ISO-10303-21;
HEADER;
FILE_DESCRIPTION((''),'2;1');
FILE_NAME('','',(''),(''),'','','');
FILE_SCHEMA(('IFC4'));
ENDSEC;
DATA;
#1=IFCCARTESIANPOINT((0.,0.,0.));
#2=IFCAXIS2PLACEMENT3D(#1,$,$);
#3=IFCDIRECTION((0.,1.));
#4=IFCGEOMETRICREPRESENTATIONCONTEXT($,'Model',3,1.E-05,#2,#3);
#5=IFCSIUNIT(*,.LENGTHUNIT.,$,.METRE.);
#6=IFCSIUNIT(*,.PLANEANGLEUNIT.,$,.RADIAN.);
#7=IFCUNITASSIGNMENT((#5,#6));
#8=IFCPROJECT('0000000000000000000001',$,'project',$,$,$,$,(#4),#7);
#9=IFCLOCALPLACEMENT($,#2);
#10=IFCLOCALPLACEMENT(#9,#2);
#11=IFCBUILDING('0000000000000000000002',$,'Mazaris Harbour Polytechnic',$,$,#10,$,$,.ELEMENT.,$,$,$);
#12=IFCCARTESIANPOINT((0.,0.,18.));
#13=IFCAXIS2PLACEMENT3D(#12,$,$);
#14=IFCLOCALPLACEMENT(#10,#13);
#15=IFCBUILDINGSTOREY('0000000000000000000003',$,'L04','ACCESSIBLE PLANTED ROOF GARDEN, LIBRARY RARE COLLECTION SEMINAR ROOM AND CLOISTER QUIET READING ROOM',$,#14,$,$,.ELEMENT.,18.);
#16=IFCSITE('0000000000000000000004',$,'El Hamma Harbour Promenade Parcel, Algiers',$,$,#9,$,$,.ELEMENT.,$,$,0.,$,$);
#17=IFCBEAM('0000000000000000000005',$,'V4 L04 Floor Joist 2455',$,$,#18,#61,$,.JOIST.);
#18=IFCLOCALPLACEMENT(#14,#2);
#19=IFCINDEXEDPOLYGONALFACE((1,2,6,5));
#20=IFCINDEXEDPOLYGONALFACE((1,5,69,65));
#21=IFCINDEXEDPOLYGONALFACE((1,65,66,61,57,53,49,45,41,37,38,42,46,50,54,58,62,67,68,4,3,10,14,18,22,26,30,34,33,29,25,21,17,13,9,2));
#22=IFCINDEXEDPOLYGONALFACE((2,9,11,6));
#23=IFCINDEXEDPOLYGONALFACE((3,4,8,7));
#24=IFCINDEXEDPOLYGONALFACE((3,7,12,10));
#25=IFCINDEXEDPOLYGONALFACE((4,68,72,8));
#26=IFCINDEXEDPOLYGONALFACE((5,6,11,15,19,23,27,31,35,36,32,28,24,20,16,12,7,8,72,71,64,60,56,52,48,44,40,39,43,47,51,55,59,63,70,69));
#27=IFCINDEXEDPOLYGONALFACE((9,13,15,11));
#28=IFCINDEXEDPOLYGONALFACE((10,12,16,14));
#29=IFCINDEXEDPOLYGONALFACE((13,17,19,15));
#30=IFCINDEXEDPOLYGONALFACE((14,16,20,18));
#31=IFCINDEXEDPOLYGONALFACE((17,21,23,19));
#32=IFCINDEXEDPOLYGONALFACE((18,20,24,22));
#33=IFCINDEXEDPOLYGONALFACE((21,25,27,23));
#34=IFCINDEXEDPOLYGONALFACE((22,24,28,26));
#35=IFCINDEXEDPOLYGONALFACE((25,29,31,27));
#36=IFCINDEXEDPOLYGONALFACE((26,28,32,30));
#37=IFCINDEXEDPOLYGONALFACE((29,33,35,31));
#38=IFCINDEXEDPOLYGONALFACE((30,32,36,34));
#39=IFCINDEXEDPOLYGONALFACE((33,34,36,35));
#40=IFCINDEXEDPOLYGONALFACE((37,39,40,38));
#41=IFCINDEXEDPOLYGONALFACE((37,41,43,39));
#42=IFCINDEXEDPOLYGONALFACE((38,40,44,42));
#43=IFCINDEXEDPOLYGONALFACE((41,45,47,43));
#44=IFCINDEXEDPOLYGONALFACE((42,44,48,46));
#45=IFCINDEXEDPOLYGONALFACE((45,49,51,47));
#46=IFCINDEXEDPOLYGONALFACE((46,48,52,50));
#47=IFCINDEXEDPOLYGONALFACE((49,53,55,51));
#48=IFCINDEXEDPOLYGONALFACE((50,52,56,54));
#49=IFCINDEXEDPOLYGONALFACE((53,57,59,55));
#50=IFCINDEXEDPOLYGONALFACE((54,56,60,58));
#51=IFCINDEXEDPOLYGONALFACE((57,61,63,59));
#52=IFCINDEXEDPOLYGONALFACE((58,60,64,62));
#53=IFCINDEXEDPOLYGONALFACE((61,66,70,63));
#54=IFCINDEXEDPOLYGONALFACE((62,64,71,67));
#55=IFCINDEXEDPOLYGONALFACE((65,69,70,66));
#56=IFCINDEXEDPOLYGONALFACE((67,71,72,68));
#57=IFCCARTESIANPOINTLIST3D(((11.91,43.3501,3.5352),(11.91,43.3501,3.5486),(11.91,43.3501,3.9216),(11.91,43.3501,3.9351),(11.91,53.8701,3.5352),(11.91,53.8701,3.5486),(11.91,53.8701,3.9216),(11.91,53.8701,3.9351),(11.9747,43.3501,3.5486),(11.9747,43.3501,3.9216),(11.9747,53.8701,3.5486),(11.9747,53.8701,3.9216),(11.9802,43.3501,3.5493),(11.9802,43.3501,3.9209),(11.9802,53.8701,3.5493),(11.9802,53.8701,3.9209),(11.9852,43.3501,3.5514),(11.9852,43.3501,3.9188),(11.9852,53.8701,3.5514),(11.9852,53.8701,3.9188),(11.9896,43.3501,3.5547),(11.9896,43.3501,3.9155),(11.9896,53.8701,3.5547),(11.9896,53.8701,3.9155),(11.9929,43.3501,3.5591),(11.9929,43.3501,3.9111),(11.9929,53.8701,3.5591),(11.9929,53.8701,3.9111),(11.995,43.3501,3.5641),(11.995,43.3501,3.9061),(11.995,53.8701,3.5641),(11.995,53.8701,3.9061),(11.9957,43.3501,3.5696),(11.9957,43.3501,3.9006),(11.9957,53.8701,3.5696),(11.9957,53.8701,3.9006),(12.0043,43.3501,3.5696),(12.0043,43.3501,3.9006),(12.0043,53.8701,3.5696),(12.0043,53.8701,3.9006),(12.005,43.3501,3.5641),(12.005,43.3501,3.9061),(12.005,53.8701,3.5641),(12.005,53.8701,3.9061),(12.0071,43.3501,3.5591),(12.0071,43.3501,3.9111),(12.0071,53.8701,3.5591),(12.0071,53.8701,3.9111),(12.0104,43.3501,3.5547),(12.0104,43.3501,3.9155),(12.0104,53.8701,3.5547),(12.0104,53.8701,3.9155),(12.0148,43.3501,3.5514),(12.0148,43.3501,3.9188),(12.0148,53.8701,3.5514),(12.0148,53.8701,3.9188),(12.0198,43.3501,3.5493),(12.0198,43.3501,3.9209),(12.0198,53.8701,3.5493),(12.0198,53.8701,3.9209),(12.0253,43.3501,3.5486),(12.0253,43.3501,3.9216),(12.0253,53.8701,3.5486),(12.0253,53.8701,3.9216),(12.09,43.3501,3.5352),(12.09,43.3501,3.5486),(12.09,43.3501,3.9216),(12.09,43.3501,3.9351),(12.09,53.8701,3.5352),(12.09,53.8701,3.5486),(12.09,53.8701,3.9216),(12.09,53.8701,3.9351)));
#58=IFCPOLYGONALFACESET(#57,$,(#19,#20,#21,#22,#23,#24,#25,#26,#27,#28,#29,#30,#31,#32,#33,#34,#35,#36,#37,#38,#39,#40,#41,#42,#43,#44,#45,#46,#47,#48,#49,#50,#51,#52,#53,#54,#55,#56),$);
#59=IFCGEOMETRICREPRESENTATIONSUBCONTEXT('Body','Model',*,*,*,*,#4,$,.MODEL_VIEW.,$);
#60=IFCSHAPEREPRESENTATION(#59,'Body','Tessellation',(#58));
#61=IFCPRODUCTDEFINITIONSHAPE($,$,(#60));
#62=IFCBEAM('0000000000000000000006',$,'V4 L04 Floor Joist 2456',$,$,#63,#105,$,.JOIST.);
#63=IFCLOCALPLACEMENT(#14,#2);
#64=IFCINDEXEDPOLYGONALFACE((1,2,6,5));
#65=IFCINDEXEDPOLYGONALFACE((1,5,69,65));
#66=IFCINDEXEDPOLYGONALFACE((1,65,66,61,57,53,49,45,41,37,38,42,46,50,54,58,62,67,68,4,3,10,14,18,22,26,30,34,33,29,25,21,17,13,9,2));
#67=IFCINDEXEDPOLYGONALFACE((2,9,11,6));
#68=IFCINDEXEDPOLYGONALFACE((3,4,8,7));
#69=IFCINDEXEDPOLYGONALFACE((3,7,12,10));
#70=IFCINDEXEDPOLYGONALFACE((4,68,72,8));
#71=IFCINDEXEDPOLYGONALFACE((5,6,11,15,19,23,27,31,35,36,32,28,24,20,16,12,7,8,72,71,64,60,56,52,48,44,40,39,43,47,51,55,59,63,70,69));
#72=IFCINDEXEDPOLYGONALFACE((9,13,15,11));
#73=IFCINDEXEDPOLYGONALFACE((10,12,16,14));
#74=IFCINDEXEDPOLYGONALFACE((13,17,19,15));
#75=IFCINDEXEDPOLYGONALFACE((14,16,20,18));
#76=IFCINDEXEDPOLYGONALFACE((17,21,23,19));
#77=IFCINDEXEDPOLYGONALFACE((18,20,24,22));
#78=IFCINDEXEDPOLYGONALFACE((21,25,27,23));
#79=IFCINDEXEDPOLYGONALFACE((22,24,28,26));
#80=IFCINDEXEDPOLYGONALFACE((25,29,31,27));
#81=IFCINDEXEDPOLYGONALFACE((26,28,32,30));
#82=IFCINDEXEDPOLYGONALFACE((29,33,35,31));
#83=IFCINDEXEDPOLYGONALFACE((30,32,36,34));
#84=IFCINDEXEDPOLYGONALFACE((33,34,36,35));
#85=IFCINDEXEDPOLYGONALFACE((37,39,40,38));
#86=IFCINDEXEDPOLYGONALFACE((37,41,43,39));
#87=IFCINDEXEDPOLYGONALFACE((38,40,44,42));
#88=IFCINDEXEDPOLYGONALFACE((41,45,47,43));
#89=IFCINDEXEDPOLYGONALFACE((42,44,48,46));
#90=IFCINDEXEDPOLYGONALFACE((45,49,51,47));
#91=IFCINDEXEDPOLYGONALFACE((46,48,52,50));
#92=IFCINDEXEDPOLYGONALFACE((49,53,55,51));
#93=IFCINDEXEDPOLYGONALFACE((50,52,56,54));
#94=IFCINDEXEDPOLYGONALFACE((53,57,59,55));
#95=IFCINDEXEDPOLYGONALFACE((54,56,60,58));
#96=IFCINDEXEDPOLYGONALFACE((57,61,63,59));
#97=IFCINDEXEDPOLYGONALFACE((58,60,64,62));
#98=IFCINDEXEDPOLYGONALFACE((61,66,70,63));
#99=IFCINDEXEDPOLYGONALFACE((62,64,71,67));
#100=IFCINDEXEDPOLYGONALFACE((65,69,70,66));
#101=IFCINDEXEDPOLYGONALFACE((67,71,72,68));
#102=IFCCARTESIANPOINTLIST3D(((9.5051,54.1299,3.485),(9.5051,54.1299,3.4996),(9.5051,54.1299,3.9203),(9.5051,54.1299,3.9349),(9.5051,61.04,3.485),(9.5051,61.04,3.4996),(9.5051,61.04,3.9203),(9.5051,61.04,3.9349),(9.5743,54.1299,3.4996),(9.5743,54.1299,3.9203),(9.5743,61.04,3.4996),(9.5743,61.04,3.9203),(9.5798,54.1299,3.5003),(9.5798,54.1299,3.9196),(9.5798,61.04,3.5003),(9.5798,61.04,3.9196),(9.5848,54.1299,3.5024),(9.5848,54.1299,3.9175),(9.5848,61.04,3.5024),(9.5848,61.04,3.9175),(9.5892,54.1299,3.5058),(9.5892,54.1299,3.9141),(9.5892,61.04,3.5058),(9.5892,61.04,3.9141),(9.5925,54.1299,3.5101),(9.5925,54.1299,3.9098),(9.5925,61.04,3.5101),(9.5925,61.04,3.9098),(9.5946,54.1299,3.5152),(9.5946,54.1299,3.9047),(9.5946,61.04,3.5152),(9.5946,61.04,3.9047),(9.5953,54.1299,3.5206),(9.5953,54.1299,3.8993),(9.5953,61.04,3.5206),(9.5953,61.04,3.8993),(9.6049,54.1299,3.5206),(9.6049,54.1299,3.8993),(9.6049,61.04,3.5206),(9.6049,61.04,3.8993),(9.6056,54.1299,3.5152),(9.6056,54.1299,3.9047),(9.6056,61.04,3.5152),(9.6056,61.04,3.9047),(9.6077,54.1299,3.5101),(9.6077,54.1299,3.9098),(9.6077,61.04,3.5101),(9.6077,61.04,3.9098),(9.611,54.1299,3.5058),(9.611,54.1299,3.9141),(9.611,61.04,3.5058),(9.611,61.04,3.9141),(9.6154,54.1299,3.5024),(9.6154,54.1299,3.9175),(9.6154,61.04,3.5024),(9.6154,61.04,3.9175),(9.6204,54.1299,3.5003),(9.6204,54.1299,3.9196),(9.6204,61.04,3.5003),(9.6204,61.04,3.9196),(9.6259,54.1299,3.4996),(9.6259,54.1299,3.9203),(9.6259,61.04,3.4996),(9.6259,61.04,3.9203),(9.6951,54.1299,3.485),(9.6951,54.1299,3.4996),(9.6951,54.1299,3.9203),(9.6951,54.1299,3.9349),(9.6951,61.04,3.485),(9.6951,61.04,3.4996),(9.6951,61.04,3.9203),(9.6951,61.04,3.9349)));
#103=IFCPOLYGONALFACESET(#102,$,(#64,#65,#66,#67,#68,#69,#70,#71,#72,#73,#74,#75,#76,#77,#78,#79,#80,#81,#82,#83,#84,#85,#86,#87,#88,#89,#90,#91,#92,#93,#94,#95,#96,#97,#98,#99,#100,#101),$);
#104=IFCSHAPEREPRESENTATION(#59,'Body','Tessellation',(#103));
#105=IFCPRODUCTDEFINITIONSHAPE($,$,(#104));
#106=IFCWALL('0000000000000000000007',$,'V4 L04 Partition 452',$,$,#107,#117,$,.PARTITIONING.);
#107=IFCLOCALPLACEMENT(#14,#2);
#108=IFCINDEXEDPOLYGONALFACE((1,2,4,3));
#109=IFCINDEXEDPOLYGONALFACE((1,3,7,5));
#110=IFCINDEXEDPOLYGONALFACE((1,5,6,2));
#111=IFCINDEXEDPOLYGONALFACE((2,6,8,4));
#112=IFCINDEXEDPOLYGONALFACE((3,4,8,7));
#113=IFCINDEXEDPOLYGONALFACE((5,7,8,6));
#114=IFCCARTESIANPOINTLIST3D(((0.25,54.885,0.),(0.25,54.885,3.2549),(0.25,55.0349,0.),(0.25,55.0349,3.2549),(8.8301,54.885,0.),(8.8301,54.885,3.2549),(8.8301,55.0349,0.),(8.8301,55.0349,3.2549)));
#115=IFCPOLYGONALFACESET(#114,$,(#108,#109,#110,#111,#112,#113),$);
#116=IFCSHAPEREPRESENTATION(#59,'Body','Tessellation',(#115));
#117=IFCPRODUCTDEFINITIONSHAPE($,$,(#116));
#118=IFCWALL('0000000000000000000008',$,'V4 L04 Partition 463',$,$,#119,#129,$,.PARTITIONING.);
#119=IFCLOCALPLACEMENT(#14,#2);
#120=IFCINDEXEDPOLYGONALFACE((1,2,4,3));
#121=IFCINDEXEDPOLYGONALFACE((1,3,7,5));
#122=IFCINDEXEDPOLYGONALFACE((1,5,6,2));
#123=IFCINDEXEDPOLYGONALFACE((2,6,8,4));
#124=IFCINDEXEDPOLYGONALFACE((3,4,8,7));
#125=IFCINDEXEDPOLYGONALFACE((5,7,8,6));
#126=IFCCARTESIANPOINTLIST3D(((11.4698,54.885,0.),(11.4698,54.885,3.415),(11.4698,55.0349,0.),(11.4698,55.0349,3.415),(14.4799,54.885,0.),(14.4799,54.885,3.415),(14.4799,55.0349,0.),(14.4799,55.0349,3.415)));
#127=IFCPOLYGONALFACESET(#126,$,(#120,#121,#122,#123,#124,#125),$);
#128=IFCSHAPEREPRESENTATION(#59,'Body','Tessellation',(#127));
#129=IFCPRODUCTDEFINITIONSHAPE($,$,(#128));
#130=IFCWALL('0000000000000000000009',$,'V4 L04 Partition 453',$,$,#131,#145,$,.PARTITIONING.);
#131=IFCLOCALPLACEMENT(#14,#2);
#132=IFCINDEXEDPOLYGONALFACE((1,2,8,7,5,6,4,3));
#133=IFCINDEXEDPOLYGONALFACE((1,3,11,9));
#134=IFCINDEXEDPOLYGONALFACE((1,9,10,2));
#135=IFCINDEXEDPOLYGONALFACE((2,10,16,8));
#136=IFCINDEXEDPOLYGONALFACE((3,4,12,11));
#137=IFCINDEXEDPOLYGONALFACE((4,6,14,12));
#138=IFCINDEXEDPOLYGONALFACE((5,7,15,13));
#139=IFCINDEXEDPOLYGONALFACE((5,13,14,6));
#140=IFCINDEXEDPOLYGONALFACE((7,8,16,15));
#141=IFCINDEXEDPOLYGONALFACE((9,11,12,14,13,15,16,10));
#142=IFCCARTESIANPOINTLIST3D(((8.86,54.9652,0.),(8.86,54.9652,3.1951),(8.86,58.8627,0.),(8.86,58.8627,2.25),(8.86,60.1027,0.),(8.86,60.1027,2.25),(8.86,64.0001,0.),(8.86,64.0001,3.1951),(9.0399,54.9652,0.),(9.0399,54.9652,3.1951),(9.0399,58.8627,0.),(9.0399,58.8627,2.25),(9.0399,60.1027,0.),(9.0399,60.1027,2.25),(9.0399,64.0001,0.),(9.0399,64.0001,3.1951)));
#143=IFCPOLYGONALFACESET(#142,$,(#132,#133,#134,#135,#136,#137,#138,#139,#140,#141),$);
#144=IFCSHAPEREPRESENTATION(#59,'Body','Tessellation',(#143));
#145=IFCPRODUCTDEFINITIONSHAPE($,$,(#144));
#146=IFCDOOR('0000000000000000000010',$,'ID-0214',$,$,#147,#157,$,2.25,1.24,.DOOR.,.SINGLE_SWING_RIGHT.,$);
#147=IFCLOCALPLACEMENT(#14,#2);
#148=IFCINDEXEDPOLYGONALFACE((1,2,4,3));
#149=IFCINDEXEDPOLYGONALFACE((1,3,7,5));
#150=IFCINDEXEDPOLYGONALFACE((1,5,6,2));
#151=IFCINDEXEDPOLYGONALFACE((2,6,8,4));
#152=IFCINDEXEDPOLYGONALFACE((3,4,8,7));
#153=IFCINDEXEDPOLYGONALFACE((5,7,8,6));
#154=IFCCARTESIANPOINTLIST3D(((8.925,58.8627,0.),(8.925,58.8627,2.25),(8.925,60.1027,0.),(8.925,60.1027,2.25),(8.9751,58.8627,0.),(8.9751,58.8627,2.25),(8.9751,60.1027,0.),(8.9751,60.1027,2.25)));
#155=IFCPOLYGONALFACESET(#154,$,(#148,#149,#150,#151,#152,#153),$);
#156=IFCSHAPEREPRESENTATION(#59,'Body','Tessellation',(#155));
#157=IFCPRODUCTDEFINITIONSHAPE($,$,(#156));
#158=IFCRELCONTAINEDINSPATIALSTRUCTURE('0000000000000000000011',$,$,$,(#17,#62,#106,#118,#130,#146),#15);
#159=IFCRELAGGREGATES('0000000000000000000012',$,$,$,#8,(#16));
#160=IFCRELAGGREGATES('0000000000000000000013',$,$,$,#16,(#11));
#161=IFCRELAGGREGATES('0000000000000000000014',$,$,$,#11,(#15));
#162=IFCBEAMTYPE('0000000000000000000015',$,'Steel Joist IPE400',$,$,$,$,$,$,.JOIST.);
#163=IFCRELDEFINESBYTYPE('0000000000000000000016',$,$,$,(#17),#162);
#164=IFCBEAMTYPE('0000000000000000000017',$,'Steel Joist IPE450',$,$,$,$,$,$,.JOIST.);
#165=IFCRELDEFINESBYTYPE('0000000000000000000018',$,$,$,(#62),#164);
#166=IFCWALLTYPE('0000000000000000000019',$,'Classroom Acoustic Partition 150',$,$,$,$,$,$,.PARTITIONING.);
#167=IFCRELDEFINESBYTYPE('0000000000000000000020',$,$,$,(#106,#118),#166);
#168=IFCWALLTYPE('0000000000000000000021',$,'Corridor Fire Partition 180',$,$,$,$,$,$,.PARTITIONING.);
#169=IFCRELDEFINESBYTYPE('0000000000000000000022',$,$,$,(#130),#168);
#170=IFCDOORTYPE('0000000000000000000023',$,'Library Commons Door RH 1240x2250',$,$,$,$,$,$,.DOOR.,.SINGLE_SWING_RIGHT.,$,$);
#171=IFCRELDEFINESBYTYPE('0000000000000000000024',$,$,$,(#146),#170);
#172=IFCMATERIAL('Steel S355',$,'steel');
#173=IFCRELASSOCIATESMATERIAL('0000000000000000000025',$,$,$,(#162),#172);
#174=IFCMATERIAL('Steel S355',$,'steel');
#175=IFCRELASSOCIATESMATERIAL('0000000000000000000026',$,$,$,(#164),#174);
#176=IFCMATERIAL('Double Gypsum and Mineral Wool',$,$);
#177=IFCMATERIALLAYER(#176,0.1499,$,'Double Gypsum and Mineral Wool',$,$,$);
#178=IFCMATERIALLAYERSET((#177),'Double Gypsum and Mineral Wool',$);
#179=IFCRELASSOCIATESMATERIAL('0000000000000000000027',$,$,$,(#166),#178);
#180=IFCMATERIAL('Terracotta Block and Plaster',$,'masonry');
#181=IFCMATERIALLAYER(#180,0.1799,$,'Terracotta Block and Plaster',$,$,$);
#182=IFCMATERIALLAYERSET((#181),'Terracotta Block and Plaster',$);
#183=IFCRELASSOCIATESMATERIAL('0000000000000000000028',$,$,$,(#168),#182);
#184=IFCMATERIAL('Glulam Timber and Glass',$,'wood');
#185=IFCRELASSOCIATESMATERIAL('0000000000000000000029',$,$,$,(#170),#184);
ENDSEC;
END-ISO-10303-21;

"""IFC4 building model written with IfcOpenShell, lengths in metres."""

from ifc_helpers import new_model, si_unit, direction, frame, frame_2d, origin, origin_2d, place, context, subcontext, project, spatial, rectangle, i_section, extrude, material, layer, layer_set, material_profile, profile_set, type_object, element, fill, save


model = new_model("IFC4")

# Units and contexts
model_context = context("Model", 3, precision=1e-05, world=origin(), true_north=direction((0.0, 1.0)))
body_context = subcontext(model_context, "Body", "Model", "MODEL_VIEW")
ifc_project = project(units=[si_unit("LENGTHUNIT", "METRE"), si_unit("PLANEANGLEUNIT", "RADIAN")], contexts=[model_context])

# Site, building, storey
site_placement = place(None, origin())
site = spatial("IfcSite", under=ifc_project, at=site_placement, Name="El Hamma Harbour Promenade Parcel, Algiers", CompositionType="ELEMENT", RefElevation=0.0)
building_placement = place(site_placement, origin())
building = spatial("IfcBuilding", under=site, at=building_placement, Name="Mazaris Harbour Polytechnic", CompositionType="ELEMENT")
storey_placement = place(building_placement, frame((0.0, 0.0, 18.0)))
storey = spatial("IfcBuildingStorey", under=building, at=storey_placement, Name="L04", Description="ACCESSIBLE PLANTED ROOF GARDEN, LIBRARY RARE COLLECTION SEMINAR ROOM AND CLOISTER QUIET READING ROOM", CompositionType="ELEMENT", Elevation=18.0)

# Beams
ifc_material_1 = material(Name="Steel S355", Category="steel")
ifc_material_profile_1 = material_profile(ifc_material_1, i_section(OverallWidth=0.1799, OverallDepth=0.3999, WebThickness=0.0085, FlangeThickness=0.0134, FilletRadius=0.021, at=origin_2d()), Name="IPE 400")
ifc_profile_set_1 = profile_set([ifc_material_profile_1], Name="Steel S355")
beam_type_1 = type_object("IfcBeamType", Name="Steel Joist IPE400", PredefinedType="JOIST", material=ifc_profile_set_1)
beam_1_placement = place(storey_placement, frame((12.0, 43.3501, 3.7351), z_axis=(0.0, 1.0, 0.0), x_axis=(-1.0, 0.0, 0.0)))
element("IfcBeam", 1, at=beam_1_placement, inside=storey, type_object=beam_type_1, Name="V4 L04 Floor Joist 2455", PredefinedType="JOIST", context=body_context, shape_type="SweptSolid", body=[
    extrude(i_section(OverallWidth=0.1799, OverallDepth=0.3999, WebThickness=0.0085, FlangeThickness=0.0134, FilletRadius=0.021, at=origin_2d()), origin(), (0.0, 0.0, 1.0), 10.52),
])
ifc_material_2 = material(Name="Steel S355", Category="steel")
ifc_material_profile_2 = material_profile(ifc_material_2, i_section(OverallWidth=0.1899, OverallDepth=0.45, WebThickness=0.0095, FlangeThickness=0.0146, FilletRadius=0.021, at=origin_2d()), Name="IPE 450")
ifc_profile_set_2 = profile_set([ifc_material_profile_2], Name="Steel S355")
beam_type_2 = type_object("IfcBeamType", Name="Steel Joist IPE450", PredefinedType="JOIST", material=ifc_profile_set_2)
beam_2_placement = place(storey_placement, frame((9.6001, 54.1299, 3.71), z_axis=(0.0, 1.0, 0.0), x_axis=(-1.0, 0.0, 0.0)))
element("IfcBeam", 2, at=beam_2_placement, inside=storey, type_object=beam_type_2, Name="V4 L04 Floor Joist 2456", PredefinedType="JOIST", context=body_context, shape_type="SweptSolid", body=[
    extrude(i_section(OverallWidth=0.1899, OverallDepth=0.45, WebThickness=0.0095, FlangeThickness=0.0146, FilletRadius=0.021, at=origin_2d()), origin(), (0.0, 0.0, 1.0), 6.9102),
])

# Walls
ifc_material_3 = material(Name="Double Gypsum and Mineral Wool")
ifc_layer_1 = layer(ifc_material_3, 0.1499, Name="Double Gypsum and Mineral Wool")
ifc_layer_set_1 = layer_set([ifc_layer_1], Name="Double Gypsum and Mineral Wool")
wall_type_1 = type_object("IfcWallType", Name="Classroom Acoustic Partition 150", PredefinedType="PARTITIONING", material=ifc_layer_set_1)
wall_1_placement = place(storey_placement, frame((0.25, 54.96, 0.0), z_axis=(0.0, 0.0, 1.0), x_axis=(1.0, 0.0, 0.0)))
element("IfcWall", 3, at=wall_1_placement, inside=storey, type_object=wall_type_1, Name="V4 L04 Partition 452", PredefinedType="PARTITIONING", context=body_context, shape_type="SweptSolid", body=[
    extrude(rectangle(XDim=8.5801, YDim=0.1499, at=frame_2d((4.29, 0.0))), origin(), (0.0, 0.0, 1.0), 3.2549),
])
wall_2_placement = place(storey_placement, frame((11.47, 54.96, 0.0), z_axis=(0.0, 0.0, 1.0), x_axis=(1.0, 0.0, 0.0)))
element("IfcWall", 4, at=wall_2_placement, inside=storey, type_object=wall_type_1, Name="V4 L04 Partition 463", PredefinedType="PARTITIONING", context=body_context, shape_type="SweptSolid", body=[
    extrude(rectangle(XDim=3.01, YDim=0.1499, at=frame_2d((1.5049, 0.0))), origin(), (0.0, 0.0, 1.0), 3.415),
])

# Wall, opening, door
ifc_material_4 = material(Name="Terracotta Block and Plaster", Category="masonry")
ifc_layer_2 = layer(ifc_material_4, 0.1799, Name="Terracotta Block and Plaster")
ifc_layer_set_2 = layer_set([ifc_layer_2], Name="Terracotta Block and Plaster")
wall_type_2 = type_object("IfcWallType", Name="Corridor Fire Partition 180", PredefinedType="PARTITIONING", material=ifc_layer_set_2)
wall_3_placement = place(storey_placement, frame((8.95, 54.9651, 0.0), z_axis=(0.0, 0.0, 1.0), x_axis=(0.0, 1.0, 0.0)))
wall_3 = element("IfcWall", 5, at=wall_3_placement, inside=storey, type_object=wall_type_2, Name="V4 L04 Partition 453", PredefinedType="PARTITIONING", context=body_context, shape_type="SweptSolid", body=[
    extrude(rectangle(XDim=9.0349, YDim=0.1799, at=frame_2d((4.5176, 0.0))), origin(), (0.0, 0.0, 1.0), 3.1951),
])
opening_1_placement = place(wall_3_placement, frame((3.8975, 0.0, 0.0)))
opening_1 = element("IfcOpeningElement", 6, at=opening_1_placement, cuts=wall_3, PredefinedType="OPENING", context=body_context, shape_type="SweptSolid", body=[
    extrude(rectangle(XDim=1.24, YDim=2.25, at=frame_2d((0.6201, 1.125))), frame((0.0, 0.0999, 0.0), z_axis=(0.0, -1.0, 0.0), x_axis=(1.0, 0.0, 0.0)), (0.0, 0.0, 1.0), 0.2),
])
ifc_material_5 = material(Name="Glulam Timber and Glass", Category="wood")
door_type_1 = type_object("IfcDoorType", Name="Library Commons Door RH 1240x2250", OperationType="SINGLE_SWING_RIGHT", PredefinedType="DOOR", material=ifc_material_5)
door_1_placement = place(opening_1_placement, origin())
door_1 = element("IfcDoor", 7, at=door_1_placement, inside=storey, type_object=door_type_1, Name="ID-0214", OperationType="SINGLE_SWING_RIGHT", OverallHeight=2.25, OverallWidth=1.24, PredefinedType="DOOR", context=body_context, shape_type="SweptSolid", body=[
    extrude(rectangle(XDim=1.24, YDim=2.25, at=frame_2d((0.6201, 1.125))), frame((0.0, 0.0249, 0.0), z_axis=(0.0, -1.0, 0.0), x_axis=(1.0, 0.0, 0.0)), (0.0, 0.0, 1.0), 0.05),
])
fill(opening_1, door_1)

save(model, "model.ifc")
